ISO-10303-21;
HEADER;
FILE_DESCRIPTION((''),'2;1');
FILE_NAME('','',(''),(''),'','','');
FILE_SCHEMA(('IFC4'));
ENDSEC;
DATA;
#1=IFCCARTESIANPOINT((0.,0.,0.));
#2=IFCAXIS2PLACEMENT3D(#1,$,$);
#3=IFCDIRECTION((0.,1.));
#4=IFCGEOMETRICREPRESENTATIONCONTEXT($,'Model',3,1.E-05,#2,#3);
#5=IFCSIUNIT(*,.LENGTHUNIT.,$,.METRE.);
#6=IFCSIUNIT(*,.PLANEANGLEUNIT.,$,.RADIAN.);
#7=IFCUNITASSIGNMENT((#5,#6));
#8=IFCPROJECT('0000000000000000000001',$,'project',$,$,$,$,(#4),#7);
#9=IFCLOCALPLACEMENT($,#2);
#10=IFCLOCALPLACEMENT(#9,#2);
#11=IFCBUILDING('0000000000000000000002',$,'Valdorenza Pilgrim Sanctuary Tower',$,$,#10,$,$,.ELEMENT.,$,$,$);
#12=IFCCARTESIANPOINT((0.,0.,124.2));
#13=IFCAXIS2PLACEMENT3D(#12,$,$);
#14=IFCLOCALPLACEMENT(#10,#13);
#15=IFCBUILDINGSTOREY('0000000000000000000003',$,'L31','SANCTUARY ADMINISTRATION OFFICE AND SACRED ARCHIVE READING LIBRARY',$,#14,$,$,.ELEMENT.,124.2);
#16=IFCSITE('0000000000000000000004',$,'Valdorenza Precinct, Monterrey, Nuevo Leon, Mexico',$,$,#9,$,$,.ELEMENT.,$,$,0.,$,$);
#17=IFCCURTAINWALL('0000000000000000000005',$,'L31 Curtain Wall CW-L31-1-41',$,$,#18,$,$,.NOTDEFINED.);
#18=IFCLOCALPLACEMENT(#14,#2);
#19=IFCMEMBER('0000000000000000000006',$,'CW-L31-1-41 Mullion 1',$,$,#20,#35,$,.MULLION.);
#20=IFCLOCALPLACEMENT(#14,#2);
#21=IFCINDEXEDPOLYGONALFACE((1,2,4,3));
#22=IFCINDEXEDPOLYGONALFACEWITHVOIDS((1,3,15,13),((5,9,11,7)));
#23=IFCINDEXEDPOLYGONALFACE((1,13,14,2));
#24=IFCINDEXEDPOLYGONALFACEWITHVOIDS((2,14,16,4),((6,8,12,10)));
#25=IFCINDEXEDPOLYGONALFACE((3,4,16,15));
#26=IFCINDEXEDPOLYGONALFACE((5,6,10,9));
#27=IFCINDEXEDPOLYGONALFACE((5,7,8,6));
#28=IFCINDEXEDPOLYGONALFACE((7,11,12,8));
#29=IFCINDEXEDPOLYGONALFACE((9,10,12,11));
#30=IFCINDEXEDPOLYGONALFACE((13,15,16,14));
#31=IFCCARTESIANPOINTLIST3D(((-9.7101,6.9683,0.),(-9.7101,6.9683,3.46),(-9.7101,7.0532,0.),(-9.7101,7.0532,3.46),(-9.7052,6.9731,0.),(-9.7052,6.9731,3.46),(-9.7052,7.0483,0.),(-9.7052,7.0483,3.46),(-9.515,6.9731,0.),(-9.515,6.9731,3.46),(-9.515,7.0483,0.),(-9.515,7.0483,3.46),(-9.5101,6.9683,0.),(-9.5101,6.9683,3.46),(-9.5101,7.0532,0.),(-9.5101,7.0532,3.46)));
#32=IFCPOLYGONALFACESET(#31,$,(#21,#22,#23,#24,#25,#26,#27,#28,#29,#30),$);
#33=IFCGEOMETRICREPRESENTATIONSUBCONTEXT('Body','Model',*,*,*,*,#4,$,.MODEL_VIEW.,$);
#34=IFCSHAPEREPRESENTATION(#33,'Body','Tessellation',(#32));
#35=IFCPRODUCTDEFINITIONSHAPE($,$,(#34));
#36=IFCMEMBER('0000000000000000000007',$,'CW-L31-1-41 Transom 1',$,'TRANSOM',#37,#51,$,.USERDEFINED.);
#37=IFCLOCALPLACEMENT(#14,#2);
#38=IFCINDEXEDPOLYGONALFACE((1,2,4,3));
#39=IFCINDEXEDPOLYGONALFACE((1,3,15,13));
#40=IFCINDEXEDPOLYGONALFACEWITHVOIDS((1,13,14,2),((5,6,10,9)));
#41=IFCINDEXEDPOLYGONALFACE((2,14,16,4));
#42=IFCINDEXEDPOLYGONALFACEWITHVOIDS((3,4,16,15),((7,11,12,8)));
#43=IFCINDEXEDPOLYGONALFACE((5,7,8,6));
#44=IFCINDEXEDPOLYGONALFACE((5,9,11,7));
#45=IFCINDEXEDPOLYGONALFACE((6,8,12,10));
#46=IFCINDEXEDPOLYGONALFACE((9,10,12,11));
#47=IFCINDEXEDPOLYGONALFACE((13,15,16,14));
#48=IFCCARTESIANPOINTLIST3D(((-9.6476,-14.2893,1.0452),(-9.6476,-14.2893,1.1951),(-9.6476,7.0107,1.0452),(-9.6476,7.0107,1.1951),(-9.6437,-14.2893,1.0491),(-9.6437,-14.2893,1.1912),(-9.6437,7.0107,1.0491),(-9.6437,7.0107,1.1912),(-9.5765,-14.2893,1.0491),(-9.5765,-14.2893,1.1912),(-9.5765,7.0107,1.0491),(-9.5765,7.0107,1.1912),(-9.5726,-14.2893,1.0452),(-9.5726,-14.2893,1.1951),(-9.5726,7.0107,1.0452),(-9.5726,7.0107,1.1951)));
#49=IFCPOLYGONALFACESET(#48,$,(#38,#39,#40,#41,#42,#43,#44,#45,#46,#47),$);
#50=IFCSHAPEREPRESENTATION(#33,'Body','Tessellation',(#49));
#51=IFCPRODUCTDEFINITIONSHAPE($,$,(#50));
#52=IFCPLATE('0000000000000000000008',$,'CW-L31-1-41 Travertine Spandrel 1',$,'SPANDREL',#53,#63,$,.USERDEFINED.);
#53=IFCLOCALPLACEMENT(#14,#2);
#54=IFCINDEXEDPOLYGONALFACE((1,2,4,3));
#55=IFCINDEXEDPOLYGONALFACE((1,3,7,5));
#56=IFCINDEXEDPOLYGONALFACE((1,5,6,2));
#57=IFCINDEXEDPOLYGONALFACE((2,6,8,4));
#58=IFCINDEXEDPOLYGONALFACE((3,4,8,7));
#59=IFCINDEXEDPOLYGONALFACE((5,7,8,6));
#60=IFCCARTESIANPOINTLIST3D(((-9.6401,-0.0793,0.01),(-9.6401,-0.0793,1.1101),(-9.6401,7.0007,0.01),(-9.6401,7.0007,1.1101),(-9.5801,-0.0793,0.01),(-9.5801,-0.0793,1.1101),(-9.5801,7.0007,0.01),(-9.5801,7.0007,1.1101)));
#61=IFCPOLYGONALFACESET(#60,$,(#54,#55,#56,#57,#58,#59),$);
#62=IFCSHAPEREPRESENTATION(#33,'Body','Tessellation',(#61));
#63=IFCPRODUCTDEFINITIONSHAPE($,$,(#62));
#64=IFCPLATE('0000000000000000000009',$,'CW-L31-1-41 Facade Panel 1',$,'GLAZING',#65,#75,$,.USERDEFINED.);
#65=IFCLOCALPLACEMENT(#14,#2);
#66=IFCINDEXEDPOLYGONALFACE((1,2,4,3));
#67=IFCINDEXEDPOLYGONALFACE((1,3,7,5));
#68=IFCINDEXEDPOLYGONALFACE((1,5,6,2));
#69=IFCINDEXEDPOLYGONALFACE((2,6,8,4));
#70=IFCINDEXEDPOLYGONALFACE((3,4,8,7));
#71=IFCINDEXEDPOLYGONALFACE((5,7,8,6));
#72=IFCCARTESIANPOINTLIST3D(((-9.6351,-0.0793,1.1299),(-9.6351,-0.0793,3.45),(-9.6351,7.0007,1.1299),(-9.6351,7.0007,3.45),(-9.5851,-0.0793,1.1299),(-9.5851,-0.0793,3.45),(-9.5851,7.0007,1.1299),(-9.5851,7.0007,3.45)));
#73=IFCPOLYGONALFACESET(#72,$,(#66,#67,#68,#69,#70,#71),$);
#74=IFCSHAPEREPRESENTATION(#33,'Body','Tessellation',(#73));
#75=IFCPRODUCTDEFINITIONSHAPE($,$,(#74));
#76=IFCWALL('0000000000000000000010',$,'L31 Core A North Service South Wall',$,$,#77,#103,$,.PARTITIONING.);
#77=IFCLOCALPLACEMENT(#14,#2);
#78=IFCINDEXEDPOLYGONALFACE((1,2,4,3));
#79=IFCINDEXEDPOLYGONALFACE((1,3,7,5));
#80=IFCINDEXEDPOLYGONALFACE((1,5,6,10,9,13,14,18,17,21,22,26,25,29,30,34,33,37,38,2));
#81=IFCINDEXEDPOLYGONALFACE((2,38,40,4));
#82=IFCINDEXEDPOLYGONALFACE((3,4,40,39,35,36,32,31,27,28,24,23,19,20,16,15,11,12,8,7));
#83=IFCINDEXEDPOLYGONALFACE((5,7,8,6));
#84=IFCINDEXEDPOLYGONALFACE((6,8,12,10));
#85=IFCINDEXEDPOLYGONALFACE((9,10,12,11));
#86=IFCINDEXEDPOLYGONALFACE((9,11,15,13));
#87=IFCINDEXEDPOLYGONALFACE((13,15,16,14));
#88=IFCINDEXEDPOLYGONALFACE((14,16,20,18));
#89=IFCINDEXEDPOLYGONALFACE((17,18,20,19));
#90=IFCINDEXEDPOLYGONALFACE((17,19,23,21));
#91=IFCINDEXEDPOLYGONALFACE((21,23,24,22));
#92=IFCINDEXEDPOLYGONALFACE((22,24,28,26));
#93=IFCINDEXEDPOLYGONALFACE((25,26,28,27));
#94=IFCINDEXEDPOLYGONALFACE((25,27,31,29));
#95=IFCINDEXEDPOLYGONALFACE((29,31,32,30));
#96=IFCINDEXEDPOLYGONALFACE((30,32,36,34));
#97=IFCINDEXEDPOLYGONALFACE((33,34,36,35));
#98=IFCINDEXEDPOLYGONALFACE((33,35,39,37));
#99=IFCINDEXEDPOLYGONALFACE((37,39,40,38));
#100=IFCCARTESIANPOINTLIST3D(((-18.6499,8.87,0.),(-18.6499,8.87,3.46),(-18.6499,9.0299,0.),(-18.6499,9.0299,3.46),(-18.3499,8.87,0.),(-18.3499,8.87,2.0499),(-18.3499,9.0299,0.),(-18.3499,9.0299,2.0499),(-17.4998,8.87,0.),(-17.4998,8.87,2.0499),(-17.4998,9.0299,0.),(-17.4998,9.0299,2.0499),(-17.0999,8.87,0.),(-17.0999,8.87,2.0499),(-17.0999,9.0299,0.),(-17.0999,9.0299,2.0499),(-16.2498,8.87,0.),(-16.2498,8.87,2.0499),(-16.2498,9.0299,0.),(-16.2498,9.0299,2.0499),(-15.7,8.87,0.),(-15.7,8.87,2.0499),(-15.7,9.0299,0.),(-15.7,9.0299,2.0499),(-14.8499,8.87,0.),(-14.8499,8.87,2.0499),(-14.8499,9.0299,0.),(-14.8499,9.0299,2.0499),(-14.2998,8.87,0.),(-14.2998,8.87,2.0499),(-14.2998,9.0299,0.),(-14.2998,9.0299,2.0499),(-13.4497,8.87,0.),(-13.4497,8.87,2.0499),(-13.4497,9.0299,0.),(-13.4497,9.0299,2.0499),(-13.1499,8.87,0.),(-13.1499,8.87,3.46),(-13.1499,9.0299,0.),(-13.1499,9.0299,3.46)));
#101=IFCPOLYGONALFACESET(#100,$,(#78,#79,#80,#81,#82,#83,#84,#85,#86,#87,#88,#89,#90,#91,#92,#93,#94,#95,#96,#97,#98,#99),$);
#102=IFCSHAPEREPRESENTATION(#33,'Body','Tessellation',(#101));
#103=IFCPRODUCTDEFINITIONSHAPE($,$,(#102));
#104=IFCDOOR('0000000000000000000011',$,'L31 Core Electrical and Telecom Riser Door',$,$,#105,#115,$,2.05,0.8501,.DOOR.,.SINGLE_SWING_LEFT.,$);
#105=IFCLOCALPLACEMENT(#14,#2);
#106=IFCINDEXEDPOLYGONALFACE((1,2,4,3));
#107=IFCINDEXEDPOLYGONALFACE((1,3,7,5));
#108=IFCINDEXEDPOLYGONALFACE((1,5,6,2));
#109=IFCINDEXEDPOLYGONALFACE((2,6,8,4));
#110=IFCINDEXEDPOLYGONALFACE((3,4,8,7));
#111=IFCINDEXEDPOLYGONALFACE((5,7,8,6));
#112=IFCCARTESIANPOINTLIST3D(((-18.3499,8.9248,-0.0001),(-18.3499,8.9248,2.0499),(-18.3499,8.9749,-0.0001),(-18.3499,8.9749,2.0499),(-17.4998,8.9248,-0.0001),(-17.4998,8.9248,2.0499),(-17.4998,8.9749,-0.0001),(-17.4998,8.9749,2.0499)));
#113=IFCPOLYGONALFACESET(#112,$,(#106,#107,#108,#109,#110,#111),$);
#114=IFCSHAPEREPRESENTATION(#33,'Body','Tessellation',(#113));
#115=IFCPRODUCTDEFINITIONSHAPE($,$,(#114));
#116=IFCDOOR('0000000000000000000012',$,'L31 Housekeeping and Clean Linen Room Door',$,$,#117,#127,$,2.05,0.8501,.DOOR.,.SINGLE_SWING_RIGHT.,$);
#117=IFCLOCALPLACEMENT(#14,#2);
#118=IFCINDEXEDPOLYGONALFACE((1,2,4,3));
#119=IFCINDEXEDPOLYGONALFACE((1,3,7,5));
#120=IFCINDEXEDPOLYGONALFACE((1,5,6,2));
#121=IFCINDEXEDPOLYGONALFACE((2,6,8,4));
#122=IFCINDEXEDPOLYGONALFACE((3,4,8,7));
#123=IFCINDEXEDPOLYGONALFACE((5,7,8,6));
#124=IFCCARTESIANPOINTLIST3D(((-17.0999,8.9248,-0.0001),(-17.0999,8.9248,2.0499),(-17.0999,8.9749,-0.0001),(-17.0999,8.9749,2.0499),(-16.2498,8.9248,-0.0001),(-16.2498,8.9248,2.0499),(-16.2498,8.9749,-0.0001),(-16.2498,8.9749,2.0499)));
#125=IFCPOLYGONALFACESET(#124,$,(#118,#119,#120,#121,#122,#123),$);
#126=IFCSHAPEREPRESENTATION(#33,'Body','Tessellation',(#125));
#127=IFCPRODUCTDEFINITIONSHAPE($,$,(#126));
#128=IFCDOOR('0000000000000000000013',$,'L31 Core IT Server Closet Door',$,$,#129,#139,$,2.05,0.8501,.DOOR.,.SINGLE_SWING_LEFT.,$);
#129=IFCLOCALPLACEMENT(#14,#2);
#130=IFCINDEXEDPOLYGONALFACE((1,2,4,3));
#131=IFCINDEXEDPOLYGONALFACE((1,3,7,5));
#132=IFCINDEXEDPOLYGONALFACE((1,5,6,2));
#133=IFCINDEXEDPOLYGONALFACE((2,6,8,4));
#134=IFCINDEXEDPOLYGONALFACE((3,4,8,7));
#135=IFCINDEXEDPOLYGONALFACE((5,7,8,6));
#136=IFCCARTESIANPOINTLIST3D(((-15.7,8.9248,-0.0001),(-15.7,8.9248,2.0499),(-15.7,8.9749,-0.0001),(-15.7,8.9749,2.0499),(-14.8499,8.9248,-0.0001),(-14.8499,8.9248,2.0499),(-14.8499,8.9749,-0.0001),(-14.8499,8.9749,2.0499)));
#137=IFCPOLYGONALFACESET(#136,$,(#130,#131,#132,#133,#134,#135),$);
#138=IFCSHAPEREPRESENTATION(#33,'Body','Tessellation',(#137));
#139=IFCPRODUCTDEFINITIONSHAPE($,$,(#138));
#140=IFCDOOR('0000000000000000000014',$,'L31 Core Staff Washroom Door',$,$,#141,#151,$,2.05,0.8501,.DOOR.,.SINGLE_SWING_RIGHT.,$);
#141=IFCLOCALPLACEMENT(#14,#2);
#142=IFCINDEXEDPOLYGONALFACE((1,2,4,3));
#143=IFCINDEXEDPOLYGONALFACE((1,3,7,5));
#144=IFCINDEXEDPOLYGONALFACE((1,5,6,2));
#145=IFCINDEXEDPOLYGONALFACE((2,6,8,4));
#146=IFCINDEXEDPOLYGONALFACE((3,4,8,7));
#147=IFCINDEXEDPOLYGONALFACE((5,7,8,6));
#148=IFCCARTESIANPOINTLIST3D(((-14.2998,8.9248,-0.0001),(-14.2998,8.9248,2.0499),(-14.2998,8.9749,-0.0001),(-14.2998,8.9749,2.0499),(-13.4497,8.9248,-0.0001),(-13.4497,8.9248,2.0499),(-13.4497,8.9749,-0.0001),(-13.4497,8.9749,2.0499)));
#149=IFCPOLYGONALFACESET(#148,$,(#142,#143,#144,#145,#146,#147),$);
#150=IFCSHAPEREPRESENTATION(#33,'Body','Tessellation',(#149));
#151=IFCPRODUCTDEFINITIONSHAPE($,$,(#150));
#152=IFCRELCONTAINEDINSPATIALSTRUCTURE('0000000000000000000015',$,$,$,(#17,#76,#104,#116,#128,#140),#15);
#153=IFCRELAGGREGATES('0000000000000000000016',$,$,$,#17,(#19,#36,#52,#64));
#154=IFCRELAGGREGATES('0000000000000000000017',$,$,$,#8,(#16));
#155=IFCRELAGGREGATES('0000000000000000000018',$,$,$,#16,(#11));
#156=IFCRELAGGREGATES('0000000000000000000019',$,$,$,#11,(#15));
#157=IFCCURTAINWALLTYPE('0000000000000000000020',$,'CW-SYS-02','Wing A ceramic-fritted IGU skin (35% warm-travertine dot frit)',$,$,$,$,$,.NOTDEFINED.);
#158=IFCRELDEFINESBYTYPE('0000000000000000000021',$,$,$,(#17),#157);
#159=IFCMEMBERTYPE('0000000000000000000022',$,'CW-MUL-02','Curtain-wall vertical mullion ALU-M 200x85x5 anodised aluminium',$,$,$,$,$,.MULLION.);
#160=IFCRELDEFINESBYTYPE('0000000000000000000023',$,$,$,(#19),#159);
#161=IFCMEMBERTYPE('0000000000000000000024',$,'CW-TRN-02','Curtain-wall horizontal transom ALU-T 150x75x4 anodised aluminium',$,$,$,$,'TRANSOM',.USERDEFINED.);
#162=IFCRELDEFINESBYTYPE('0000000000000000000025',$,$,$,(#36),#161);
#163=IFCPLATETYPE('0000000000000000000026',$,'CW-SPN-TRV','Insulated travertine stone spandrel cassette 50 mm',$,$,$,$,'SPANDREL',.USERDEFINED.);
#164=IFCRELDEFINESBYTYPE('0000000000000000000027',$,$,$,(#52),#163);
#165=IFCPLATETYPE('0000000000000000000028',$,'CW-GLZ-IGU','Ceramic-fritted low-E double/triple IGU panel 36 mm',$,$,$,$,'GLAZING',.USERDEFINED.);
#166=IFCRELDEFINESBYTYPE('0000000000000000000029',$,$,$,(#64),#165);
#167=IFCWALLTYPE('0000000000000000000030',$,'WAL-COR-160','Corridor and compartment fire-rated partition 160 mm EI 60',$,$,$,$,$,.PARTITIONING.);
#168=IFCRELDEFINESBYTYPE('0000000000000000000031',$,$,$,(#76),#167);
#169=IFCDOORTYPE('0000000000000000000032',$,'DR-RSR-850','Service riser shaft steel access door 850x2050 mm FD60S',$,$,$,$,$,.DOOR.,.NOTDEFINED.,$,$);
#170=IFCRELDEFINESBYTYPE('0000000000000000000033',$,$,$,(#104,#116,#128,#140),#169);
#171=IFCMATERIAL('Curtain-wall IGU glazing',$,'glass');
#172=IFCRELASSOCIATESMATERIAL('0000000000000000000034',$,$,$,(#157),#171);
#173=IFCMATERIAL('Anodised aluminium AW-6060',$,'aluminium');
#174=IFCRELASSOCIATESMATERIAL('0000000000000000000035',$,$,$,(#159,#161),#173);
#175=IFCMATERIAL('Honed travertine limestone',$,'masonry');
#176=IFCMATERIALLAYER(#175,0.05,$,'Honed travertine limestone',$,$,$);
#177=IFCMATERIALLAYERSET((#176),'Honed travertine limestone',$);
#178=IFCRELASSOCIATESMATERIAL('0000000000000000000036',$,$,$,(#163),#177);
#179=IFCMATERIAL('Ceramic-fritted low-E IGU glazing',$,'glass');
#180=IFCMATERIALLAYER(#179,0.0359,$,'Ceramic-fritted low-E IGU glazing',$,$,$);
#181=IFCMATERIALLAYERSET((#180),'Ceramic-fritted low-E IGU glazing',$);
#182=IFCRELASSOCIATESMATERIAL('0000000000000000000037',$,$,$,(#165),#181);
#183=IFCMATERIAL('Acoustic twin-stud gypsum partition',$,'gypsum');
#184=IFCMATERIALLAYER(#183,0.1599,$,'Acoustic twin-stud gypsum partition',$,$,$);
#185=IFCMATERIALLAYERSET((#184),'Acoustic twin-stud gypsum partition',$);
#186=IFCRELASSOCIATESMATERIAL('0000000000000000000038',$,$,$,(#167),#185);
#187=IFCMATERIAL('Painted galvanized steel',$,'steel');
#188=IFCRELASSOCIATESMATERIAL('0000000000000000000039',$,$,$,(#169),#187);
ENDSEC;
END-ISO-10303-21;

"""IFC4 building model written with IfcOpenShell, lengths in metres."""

from ifc_helpers import new_model, si_unit, direction, frame, frame_2d, origin, origin_2d, place, context, subcontext, project, spatial, rectangle, hollow_rectangle, extrude, source, transform, mapped, material, layer, layer_set, material_profile, profile_set, type_object, element, fill, aggregate, save


model = new_model("IFC4")

# Units and contexts
model_context = context("Model", 3, precision=1e-05, world=origin(), true_north=direction((0.0, 1.0)))
body_context = subcontext(model_context, "Body", "Model", "MODEL_VIEW")
ifc_project = project(units=[si_unit("LENGTHUNIT", "METRE"), si_unit("PLANEANGLEUNIT", "RADIAN")], contexts=[model_context])

# Site, building, storey
site_placement = place(None, origin())
site = spatial("IfcSite", under=ifc_project, at=site_placement, Name="Valdorenza Precinct, Monterrey, Nuevo Leon, Mexico", CompositionType="ELEMENT", RefElevation=0.0)
building_placement = place(site_placement, origin())
building = spatial("IfcBuilding", under=site, at=building_placement, Name="Valdorenza Pilgrim Sanctuary Tower", CompositionType="ELEMENT")
storey_placement = place(building_placement, frame((0.0, 0.0, 124.2)))
storey = spatial("IfcBuildingStorey", under=building, at=storey_placement, Name="L31", Description="SANCTUARY ADMINISTRATION OFFICE AND SACRED ARCHIVE READING LIBRARY", CompositionType="ELEMENT", Elevation=124.2)

# Curtain wall, members, plates
ifc_material_1 = material(Name="Curtain-wall IGU glazing", Category="glass")
curtain_wall_type = type_object("IfcCurtainWallType", Name="CW-SYS-02", Description="Wing A ceramic-fritted IGU skin (35% warm-travertine dot frit)", PredefinedType="NOTDEFINED", material=ifc_material_1)
curtain_wall_placement = place(storey_placement, origin())
curtain_wall = element("IfcCurtainWall", 1, at=curtain_wall_placement, inside=storey, type_object=curtain_wall_type, Name="L31 Curtain Wall CW-L31-1-41", PredefinedType="NOTDEFINED")
ifc_material_2 = material(Name="Anodised aluminium AW-6060", Category="aluminium")
ifc_material_profile_1 = material_profile(ifc_material_2, hollow_rectangle(XDim=0.085, YDim=0.2, WallThickness=0.0049, at=origin_2d()), Name="ALU-M 200x85x5")
ifc_profile_set_1 = profile_set([ifc_material_profile_1], Name="Anodised aluminium AW-6060")
member_type_1 = type_object("IfcMemberType", Name="CW-MUL-02", Description="Curtain-wall vertical mullion ALU-M 200x85x5 anodised aluminium", PredefinedType="MULLION", material=ifc_profile_set_1)
shared_shape_1 = source(origin(), body_context, "Body", "SweptSolid", [
    extrude(hollow_rectangle(XDim=0.085, YDim=0.2, WallThickness=0.0049, at=origin_2d()), origin(), (0.0, 0.0, 1.0), 3.46),
])
member_1_placement = place(storey_placement, frame((-9.6101, 7.0107, 0.0), z_axis=(0.0, 0.0, 1.0), x_axis=(0.0, -1.0, 0.0)))
member_1 = element("IfcMember", 2, at=member_1_placement, type_object=member_type_1, Name="CW-L31-1-41 Mullion 1", PredefinedType="MULLION", context=body_context, shape_type="MappedRepresentation", body=[
    mapped(shared_shape_1, transform((0.0, 0.0, 0.0), x_axis=(1.0, 0.0, 0.0), y_axis=(0.0, 1.0, 0.0), z_axis=(0.0, 0.0, 1.0), scale=1.0)),
])
ifc_material_profile_2 = material_profile(ifc_material_2, hollow_rectangle(XDim=0.075, YDim=0.1499, WallThickness=0.0039, at=origin_2d()), Name="ALU-T 150x75x4")
ifc_profile_set_2 = profile_set([ifc_material_profile_2], Name="Anodised aluminium AW-6060")
member_type_2 = type_object("IfcMemberType", Name="CW-TRN-02", Description="Curtain-wall horizontal transom ALU-T 150x75x4 anodised aluminium", ElementType="TRANSOM", PredefinedType="USERDEFINED", material=ifc_profile_set_2)
shared_shape_2 = source(origin(), body_context, "Body", "SweptSolid", [
    extrude(hollow_rectangle(XDim=0.075, YDim=0.1499, WallThickness=0.0039, at=origin_2d()), origin(), (0.0, 0.0, 1.0), 21.3),
])
member_2_placement = place(storey_placement, frame((-9.6101, 7.0107, 1.1201), z_axis=(0.0, -1.0, 0.0), x_axis=(1.0, 0.0, 0.0)))
member_2 = element("IfcMember", 3, at=member_2_placement, type_object=member_type_2, Name="CW-L31-1-41 Transom 1", ObjectType="TRANSOM", PredefinedType="USERDEFINED", context=body_context, shape_type="MappedRepresentation", body=[
    mapped(shared_shape_2, transform((0.0, 0.0, 0.0), x_axis=(1.0, 0.0, 0.0), y_axis=(0.0, 1.0, 0.0), z_axis=(0.0, 0.0, 1.0), scale=1.0)),
])
ifc_material_3 = material(Name="Honed travertine limestone", Category="masonry")
ifc_layer_1 = layer(ifc_material_3, 0.05, Name="Honed travertine limestone")
ifc_layer_set_1 = layer_set([ifc_layer_1], Name="Honed travertine limestone")
plate_type_1 = type_object("IfcPlateType", Name="CW-SPN-TRV", Description="Insulated travertine stone spandrel cassette 50 mm", ElementType="SPANDREL", PredefinedType="USERDEFINED", material=ifc_layer_set_1)
shared_shape_3 = source(origin(), body_context, "Body", "SweptSolid", [
    extrude(rectangle(XDim=7.0801, YDim=0.0601, at=origin_2d()), origin(), (0.0, 0.0, 1.0), 1.1001),
])
plate_1_placement = place(storey_placement, frame((-9.6101, 3.4607, 0.01), z_axis=(0.0, 0.0, 1.0), x_axis=(0.0, -1.0, 0.0)))
plate_1 = element("IfcPlate", 4, at=plate_1_placement, type_object=plate_type_1, Name="CW-L31-1-41 Travertine Spandrel 1", ObjectType="SPANDREL", PredefinedType="USERDEFINED", context=body_context, shape_type="MappedRepresentation", body=[
    mapped(shared_shape_3, transform((0.0, 0.0, 0.0), x_axis=(1.0, 0.0, 0.0), y_axis=(0.0, 1.0, 0.0), z_axis=(0.0, 0.0, 1.0), scale=1.0)),
])
ifc_material_4 = material(Name="Ceramic-fritted low-E IGU glazing", Category="glass")
ifc_layer_2 = layer(ifc_material_4, 0.0359, Name="Ceramic-fritted low-E IGU glazing")
ifc_layer_set_2 = layer_set([ifc_layer_2], Name="Ceramic-fritted low-E IGU glazing")
plate_type_2 = type_object("IfcPlateType", Name="CW-GLZ-IGU", Description="Ceramic-fritted low-E double/triple IGU panel 36 mm", ElementType="GLAZING", PredefinedType="USERDEFINED", material=ifc_layer_set_2)
shared_shape_4 = source(origin(), body_context, "Body", "SweptSolid", [
    extrude(rectangle(XDim=7.0801, YDim=0.05, at=origin_2d()), origin(), (0.0, 0.0, 1.0), 2.3201),
])
plate_2_placement = place(storey_placement, frame((-9.6101, 3.4607, 1.1299), z_axis=(0.0, 0.0, 1.0), x_axis=(0.0, -1.0, 0.0)))
plate_2 = element("IfcPlate", 5, at=plate_2_placement, type_object=plate_type_2, Name="CW-L31-1-41 Facade Panel 1", ObjectType="GLAZING", PredefinedType="USERDEFINED", context=body_context, shape_type="MappedRepresentation", body=[
    mapped(shared_shape_4, transform((0.0, 0.0, 0.0), x_axis=(1.0, 0.0, 0.0), y_axis=(0.0, 1.0, 0.0), z_axis=(0.0, 0.0, 1.0), scale=1.0)),
])
aggregate(curtain_wall, [member_1, member_2, plate_1, plate_2])

# Wall, openings, doors
ifc_material_5 = material(Name="Acoustic twin-stud gypsum partition", Category="gypsum")
ifc_layer_3 = layer(ifc_material_5, 0.1599, Name="Acoustic twin-stud gypsum partition")
ifc_layer_set_3 = layer_set([ifc_layer_3], Name="Acoustic twin-stud gypsum partition")
wall_type_1 = type_object("IfcWallType", Name="WAL-COR-160", Description="Corridor and compartment fire-rated partition 160 mm EI 60", PredefinedType="PARTITIONING", material=ifc_layer_set_3)
wall_1_placement = place(storey_placement, frame((-18.6499, 8.95, 0.0), z_axis=(0.0, 0.0, 1.0), x_axis=(1.0, 0.0, 0.0)))
wall_1 = element("IfcWall", 6, at=wall_1_placement, inside=storey, type_object=wall_type_1, Name="L31 Core A North Service South Wall", PredefinedType="PARTITIONING", context=body_context, shape_type="SweptSolid", body=[
    extrude(rectangle(XDim=5.5, YDim=0.1599, at=frame_2d((2.75, 0.0))), origin(), (0.0, 0.0, 1.0), 3.46),
])
opening_1_placement = place(wall_1_placement, frame((0.3, 0.0, 0.0)))
opening_1 = element("IfcOpeningElement", 7, at=opening_1_placement, cuts=wall_1, PredefinedType="OPENING", context=body_context, shape_type="SweptSolid", body=[
    extrude(rectangle(XDim=0.8501, YDim=2.05, at=frame_2d((0.425, 1.0249))), frame((0.0, 0.0947, 0.0), z_axis=(0.0, -1.0, 0.0), x_axis=(1.0, 0.0, 0.0)), (0.0, 0.0, 1.0), 0.1897),
])
opening_2_placement = place(wall_1_placement, frame((1.55, 0.0, 0.0)))
opening_2 = element("IfcOpeningElement", 8, at=opening_2_placement, cuts=wall_1, PredefinedType="OPENING", context=body_context, shape_type="SweptSolid", body=[
    extrude(rectangle(XDim=0.8501, YDim=2.05, at=frame_2d((0.425, 1.0249))), frame((0.0, 0.0947, 0.0), z_axis=(0.0, -1.0, 0.0), x_axis=(1.0, 0.0, 0.0)), (0.0, 0.0, 1.0), 0.1897),
])
opening_3_placement = place(wall_1_placement, frame((2.95, 0.0, 0.0)))
opening_3 = element("IfcOpeningElement", 9, at=opening_3_placement, cuts=wall_1, PredefinedType="OPENING", context=body_context, shape_type="SweptSolid", body=[
    extrude(rectangle(XDim=0.8501, YDim=2.05, at=frame_2d((0.425, 1.0249))), frame((0.0, 0.0947, 0.0), z_axis=(0.0, -1.0, 0.0), x_axis=(1.0, 0.0, 0.0)), (0.0, 0.0, 1.0), 0.1897),
])
opening_4_placement = place(wall_1_placement, frame((4.3501, 0.0, 0.0)))
opening_4 = element("IfcOpeningElement", 10, at=opening_4_placement, cuts=wall_1, PredefinedType="OPENING", context=body_context, shape_type="SweptSolid", body=[
    extrude(rectangle(XDim=0.8501, YDim=2.05, at=frame_2d((0.425, 1.0249))), frame((0.0, 0.0947, 0.0), z_axis=(0.0, -1.0, 0.0), x_axis=(1.0, 0.0, 0.0)), (0.0, 0.0, 1.0), 0.1897),
])
ifc_material_6 = material(Name="Painted galvanized steel", Category="steel")
door_type_1 = type_object("IfcDoorType", Name="DR-RSR-850", Description="Service riser shaft steel access door 850x2050 mm FD60S", OperationType="NOTDEFINED", PredefinedType="DOOR", material=ifc_material_6)
door_1_placement = place(opening_1_placement, origin())
door_1 = element("IfcDoor", 11, at=door_1_placement, inside=storey, type_object=door_type_1, Name="L31 Core Electrical and Telecom Riser Door", OperationType="SINGLE_SWING_LEFT", OverallHeight=2.05, OverallWidth=0.8501, PredefinedType="DOOR", context=body_context, shape_type="SweptSolid", body=[
    extrude(rectangle(XDim=0.8501, YDim=2.05, at=frame_2d((0.425, 1.0249))), frame((0.0, 0.0249, 0.0), z_axis=(0.0, -1.0, 0.0), x_axis=(1.0, 0.0, 0.0)), (0.0, 0.0, 1.0), 0.05),
])
fill(opening_1, door_1)
door_2_placement = place(opening_2_placement, origin())
door_2 = element("IfcDoor", 12, at=door_2_placement, inside=storey, type_object=door_type_1, Name="L31 Housekeeping and Clean Linen Room Door", OperationType="SINGLE_SWING_RIGHT", OverallHeight=2.05, OverallWidth=0.8501, PredefinedType="DOOR", context=body_context, shape_type="SweptSolid", body=[
    extrude(rectangle(XDim=0.8501, YDim=2.05, at=frame_2d((0.425, 1.0249))), frame((0.0, 0.0249, 0.0), z_axis=(0.0, -1.0, 0.0), x_axis=(1.0, 0.0, 0.0)), (0.0, 0.0, 1.0), 0.05),
])
fill(opening_2, door_2)
door_3_placement = place(opening_3_placement, origin())
door_3 = element("IfcDoor", 13, at=door_3_placement, inside=storey, type_object=door_type_1, Name="L31 Core IT Server Closet Door", OperationType="SINGLE_SWING_LEFT", OverallHeight=2.05, OverallWidth=0.8501, PredefinedType="DOOR", context=body_context, shape_type="SweptSolid", body=[
    extrude(rectangle(XDim=0.8501, YDim=2.05, at=frame_2d((0.425, 1.0249))), frame((0.0, 0.0249, 0.0), z_axis=(0.0, -1.0, 0.0), x_axis=(1.0, 0.0, 0.0)), (0.0, 0.0, 1.0), 0.05),
])
fill(opening_3, door_3)
door_4_placement = place(opening_4_placement, origin())
door_4 = element("IfcDoor", 14, at=door_4_placement, inside=storey, type_object=door_type_1, Name="L31 Core Staff Washroom Door", OperationType="SINGLE_SWING_RIGHT", OverallHeight=2.05, OverallWidth=0.8501, PredefinedType="DOOR", context=body_context, shape_type="SweptSolid", body=[
    extrude(rectangle(XDim=0.8501, YDim=2.05, at=frame_2d((0.425, 1.0249))), frame((0.0, 0.0249, 0.0), z_axis=(0.0, -1.0, 0.0), x_axis=(1.0, 0.0, 0.0)), (0.0, 0.0, 1.0), 0.05),
])
fill(opening_4, door_4)

save(model, "model.ifc")
